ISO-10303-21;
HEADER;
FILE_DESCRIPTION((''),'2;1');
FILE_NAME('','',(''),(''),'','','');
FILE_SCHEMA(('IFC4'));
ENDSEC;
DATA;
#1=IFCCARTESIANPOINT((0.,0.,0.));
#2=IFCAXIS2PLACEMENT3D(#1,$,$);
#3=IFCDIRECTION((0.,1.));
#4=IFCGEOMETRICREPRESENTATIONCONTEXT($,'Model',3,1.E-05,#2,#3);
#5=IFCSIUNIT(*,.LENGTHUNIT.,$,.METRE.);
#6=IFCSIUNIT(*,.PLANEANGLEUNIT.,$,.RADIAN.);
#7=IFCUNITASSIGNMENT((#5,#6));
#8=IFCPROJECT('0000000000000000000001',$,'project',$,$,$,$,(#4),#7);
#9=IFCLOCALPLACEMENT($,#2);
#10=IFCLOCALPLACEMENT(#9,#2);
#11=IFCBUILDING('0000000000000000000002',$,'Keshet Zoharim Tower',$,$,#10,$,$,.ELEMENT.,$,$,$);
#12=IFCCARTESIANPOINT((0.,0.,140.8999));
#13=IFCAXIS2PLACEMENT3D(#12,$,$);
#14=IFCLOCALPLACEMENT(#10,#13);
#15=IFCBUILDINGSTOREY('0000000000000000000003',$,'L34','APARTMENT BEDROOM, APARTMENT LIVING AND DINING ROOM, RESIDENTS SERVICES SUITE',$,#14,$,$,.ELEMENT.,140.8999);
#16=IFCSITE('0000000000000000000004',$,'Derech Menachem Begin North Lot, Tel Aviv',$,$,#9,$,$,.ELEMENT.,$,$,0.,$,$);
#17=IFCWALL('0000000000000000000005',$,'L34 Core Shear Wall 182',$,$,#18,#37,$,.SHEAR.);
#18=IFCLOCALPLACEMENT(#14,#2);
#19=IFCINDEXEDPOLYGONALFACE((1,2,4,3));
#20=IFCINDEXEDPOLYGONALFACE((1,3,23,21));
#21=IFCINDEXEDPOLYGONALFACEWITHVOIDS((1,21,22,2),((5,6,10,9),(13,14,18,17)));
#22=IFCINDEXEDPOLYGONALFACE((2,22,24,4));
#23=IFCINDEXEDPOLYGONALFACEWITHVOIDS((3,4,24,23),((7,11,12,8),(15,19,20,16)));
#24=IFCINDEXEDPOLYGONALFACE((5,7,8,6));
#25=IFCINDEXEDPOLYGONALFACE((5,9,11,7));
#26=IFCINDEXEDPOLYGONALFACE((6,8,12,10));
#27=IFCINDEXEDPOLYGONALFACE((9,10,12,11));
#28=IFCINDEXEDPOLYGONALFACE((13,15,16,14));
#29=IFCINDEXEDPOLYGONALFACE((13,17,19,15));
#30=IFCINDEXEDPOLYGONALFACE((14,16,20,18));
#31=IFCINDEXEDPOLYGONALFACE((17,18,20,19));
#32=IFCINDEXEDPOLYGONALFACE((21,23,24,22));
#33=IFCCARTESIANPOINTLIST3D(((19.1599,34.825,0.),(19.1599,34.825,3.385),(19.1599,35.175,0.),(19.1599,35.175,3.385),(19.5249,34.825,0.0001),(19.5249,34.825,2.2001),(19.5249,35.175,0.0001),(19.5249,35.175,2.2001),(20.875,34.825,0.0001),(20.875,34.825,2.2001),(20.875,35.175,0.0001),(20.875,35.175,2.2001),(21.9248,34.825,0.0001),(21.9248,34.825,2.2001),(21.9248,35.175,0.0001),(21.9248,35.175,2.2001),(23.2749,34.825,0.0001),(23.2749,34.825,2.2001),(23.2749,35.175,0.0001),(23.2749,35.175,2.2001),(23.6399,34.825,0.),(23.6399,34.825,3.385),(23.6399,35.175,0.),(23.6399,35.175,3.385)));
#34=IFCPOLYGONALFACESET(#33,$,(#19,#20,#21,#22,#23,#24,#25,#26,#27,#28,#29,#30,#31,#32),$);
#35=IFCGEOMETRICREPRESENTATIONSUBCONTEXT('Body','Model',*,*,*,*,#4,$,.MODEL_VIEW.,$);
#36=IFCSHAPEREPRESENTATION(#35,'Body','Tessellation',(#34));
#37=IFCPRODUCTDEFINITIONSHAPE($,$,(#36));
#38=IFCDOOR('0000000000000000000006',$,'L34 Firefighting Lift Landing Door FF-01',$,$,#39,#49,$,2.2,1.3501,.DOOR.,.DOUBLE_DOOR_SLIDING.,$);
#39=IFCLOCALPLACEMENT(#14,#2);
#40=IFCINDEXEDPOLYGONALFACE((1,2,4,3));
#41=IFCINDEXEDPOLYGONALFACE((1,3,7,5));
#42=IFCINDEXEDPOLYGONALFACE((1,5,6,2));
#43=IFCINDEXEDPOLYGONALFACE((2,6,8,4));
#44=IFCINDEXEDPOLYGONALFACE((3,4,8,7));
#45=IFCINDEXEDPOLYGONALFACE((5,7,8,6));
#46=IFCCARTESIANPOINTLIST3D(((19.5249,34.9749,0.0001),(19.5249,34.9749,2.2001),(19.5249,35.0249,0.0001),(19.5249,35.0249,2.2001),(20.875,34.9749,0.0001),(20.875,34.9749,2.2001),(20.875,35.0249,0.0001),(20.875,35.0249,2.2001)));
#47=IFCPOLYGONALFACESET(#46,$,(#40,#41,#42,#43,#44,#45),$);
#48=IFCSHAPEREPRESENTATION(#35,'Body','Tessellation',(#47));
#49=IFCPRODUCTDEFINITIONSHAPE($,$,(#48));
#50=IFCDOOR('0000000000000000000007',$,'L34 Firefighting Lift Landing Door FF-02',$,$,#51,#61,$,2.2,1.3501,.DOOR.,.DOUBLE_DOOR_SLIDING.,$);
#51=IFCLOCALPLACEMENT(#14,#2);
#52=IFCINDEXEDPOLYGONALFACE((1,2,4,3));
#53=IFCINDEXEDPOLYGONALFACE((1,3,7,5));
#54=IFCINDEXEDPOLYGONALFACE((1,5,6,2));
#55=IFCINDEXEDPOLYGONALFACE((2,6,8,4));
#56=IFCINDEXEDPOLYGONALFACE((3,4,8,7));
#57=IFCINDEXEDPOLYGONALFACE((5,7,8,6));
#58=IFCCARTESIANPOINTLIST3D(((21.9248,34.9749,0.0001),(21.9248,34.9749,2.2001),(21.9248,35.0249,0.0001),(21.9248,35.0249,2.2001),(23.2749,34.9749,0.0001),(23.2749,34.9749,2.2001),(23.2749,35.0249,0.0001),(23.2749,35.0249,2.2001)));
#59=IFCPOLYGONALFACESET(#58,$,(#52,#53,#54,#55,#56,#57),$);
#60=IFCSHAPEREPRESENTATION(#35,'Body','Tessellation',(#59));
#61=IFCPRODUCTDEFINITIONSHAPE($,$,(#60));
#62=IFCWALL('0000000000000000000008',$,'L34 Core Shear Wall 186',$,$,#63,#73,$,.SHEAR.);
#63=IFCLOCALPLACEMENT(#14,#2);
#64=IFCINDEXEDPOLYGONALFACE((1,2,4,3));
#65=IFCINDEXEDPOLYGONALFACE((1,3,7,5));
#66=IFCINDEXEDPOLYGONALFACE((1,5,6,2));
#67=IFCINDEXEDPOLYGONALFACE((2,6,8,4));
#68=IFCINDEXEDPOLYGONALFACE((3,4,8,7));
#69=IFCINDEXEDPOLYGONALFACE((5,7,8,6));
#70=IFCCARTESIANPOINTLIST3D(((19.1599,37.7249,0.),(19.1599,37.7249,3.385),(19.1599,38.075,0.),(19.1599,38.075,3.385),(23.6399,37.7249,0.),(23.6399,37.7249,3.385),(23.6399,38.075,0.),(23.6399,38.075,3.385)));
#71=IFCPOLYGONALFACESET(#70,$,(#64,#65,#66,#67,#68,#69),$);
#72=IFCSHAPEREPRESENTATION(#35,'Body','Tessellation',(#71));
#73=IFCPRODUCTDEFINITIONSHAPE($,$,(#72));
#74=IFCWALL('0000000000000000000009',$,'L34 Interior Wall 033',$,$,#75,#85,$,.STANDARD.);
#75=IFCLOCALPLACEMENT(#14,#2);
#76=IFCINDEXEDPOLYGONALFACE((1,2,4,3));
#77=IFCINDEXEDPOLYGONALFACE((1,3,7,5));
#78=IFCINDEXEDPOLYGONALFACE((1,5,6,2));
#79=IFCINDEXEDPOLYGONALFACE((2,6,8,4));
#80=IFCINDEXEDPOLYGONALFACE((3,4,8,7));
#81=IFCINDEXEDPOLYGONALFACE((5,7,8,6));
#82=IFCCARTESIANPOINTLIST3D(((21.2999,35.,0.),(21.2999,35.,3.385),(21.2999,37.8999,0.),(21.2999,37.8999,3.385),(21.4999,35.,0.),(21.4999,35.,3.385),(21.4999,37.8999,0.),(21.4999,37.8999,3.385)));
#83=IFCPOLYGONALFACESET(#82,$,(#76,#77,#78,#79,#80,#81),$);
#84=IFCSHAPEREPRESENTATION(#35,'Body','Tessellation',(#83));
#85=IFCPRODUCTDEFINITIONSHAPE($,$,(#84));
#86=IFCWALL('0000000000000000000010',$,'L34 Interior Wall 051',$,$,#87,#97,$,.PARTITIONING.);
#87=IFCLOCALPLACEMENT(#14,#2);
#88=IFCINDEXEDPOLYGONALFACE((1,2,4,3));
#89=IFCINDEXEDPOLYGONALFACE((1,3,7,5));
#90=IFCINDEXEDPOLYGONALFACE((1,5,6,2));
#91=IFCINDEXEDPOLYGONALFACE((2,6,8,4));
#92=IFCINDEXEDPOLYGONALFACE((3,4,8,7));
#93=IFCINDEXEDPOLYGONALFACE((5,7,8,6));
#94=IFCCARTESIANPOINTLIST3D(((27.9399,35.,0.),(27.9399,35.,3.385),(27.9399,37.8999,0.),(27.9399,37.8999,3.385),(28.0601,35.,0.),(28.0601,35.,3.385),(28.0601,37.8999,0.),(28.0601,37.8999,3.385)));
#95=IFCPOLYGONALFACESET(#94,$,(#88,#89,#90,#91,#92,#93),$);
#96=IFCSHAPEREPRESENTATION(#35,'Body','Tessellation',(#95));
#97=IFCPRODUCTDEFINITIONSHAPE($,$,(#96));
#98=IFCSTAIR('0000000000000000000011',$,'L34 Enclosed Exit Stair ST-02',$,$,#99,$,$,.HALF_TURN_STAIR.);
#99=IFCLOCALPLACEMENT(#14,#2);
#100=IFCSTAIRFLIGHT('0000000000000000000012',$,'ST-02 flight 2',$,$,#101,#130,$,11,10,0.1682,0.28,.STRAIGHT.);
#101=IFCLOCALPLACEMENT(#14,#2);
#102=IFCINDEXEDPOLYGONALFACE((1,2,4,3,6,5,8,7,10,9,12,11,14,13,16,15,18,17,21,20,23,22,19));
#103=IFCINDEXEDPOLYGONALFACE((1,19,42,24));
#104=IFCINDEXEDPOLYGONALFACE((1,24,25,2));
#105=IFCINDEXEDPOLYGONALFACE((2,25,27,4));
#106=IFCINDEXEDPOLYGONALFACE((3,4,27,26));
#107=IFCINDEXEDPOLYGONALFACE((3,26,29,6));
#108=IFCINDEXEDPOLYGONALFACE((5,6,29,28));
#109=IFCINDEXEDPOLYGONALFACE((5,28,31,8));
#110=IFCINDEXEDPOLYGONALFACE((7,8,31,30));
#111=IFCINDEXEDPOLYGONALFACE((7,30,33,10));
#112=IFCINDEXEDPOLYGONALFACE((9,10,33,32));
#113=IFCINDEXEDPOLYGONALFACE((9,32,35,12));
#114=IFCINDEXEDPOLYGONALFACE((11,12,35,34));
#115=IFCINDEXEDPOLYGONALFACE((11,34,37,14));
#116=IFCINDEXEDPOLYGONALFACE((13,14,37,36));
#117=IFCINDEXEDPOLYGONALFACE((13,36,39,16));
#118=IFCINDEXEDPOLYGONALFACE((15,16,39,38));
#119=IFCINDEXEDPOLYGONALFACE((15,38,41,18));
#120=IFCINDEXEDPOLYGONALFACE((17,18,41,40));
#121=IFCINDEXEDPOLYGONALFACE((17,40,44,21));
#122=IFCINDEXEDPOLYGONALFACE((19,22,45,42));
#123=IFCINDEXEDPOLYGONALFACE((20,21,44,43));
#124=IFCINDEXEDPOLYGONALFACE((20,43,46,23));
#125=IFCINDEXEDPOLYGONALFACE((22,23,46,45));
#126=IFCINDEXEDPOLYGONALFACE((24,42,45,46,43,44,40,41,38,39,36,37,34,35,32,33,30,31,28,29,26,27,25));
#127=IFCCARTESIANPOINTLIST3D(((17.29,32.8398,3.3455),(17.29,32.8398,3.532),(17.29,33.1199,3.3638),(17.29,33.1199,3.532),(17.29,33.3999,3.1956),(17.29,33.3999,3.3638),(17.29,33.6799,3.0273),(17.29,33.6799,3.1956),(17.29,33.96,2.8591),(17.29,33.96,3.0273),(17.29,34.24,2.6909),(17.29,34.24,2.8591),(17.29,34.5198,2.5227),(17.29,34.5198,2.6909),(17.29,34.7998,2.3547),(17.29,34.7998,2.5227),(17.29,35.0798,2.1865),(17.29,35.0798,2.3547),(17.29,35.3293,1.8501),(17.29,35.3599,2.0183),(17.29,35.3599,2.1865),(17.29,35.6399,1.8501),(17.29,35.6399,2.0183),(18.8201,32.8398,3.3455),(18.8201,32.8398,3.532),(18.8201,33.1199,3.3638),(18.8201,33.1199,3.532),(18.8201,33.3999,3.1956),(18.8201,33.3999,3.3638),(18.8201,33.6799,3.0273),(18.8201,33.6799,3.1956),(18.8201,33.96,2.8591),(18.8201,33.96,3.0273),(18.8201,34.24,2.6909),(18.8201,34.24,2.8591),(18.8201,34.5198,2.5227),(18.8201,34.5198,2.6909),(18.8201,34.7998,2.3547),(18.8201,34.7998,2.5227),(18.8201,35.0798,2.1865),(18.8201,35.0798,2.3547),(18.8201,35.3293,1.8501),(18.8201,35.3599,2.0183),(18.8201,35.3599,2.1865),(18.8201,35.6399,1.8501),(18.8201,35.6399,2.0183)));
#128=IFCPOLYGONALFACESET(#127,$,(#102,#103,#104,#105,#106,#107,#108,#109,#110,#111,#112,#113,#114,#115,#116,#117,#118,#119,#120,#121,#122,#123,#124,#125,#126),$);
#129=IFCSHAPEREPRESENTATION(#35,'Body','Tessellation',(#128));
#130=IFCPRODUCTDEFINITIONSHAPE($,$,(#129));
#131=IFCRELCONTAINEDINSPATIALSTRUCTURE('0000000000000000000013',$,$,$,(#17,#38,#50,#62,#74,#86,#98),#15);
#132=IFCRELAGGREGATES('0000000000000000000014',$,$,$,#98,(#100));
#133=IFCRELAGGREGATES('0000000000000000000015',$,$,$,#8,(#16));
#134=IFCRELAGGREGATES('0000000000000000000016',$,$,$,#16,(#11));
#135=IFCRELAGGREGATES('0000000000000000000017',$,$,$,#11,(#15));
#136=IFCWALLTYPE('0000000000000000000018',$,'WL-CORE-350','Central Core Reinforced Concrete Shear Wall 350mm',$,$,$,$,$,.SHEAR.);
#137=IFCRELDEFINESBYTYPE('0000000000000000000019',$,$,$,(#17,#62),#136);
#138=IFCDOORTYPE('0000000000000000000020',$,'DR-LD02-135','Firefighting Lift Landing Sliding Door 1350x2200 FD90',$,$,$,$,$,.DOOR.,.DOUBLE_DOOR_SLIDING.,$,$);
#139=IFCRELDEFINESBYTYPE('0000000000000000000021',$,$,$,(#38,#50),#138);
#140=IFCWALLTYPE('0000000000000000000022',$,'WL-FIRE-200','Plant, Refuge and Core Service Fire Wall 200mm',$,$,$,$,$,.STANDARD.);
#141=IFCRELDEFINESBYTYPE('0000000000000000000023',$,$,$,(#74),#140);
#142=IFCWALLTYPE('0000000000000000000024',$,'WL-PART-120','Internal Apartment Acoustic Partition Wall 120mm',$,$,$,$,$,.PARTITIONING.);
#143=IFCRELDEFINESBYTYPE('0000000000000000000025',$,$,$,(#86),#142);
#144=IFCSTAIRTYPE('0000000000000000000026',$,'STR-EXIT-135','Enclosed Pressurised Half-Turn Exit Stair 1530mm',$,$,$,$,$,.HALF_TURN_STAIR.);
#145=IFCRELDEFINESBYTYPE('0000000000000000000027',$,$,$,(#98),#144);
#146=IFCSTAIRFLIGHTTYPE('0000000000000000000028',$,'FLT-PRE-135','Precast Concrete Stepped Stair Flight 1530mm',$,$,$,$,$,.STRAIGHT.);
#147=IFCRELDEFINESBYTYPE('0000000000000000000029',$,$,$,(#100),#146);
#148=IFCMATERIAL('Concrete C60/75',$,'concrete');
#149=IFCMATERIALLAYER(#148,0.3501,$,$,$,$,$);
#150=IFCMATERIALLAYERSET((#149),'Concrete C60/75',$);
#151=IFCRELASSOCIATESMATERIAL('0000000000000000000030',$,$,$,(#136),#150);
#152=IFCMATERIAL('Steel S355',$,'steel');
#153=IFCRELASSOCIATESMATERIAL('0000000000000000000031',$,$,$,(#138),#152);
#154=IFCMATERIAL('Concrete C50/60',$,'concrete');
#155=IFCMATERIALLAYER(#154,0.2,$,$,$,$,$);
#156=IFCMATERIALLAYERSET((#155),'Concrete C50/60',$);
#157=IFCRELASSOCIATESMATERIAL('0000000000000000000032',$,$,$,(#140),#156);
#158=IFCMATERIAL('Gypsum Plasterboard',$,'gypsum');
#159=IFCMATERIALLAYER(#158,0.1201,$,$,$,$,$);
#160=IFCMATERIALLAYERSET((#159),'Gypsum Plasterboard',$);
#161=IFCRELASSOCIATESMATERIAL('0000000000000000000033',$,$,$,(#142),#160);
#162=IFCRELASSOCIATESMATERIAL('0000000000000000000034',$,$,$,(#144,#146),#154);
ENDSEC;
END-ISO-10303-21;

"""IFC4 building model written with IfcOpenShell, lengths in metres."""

from ifc_helpers import new_model, si_unit, direction, frame, frame_2d, origin, place, context, subcontext, project, spatial, polyline, rectangle, outline, extrude, material, layer, layer_set, type_object, element, fill, aggregate, save


model = new_model("IFC4")

# Units and contexts
model_context = context("Model", 3, precision=1e-05, world=origin(), true_north=direction((0.0, 1.0)))
body_context = subcontext(model_context, "Body", "Model", "MODEL_VIEW")
ifc_project = project(units=[si_unit("LENGTHUNIT", "METRE"), si_unit("PLANEANGLEUNIT", "RADIAN")], contexts=[model_context])

# Site, building, storey
site_placement = place(None, origin())
site = spatial("IfcSite", under=ifc_project, at=site_placement, Name="Derech Menachem Begin North Lot, Tel Aviv", CompositionType="ELEMENT", RefElevation=0.0)
building_placement = place(site_placement, origin())
building = spatial("IfcBuilding", under=site, at=building_placement, Name="Keshet Zoharim Tower", CompositionType="ELEMENT")
storey_placement = place(building_placement, frame((0.0, 0.0, 140.8999)))
storey = spatial("IfcBuildingStorey", under=building, at=storey_placement, Name="L34", Description="APARTMENT BEDROOM, APARTMENT LIVING AND DINING ROOM, RESIDENTS SERVICES SUITE", CompositionType="ELEMENT", Elevation=140.8999)

# Shared definitions
ifc_material_1 = material(Name="Steel S355", Category="steel")

# Shared definitions
ifc_material_2 = material(Name="Concrete C60/75", Category="concrete")
ifc_layer_1 = layer(ifc_material_2, 0.3501)
ifc_layer_set_1 = layer_set([ifc_layer_1], Name="Concrete C60/75")
wall_type_1 = type_object("IfcWallType", Name="WL-CORE-350", Description="Central Core Reinforced Concrete Shear Wall 350mm", PredefinedType="SHEAR", material=ifc_layer_set_1)

# Wall, openings, doors
wall_1_placement = place(storey_placement, frame((19.1599, 35.0, 0.0), z_axis=(0.0, 0.0, 1.0), x_axis=(1.0, 0.0, 0.0)))
wall_1 = element("IfcWall", 1, at=wall_1_placement, inside=storey, type_object=wall_type_1, Name="L34 Core Shear Wall 182", PredefinedType="SHEAR", context=body_context, shape_type="SweptSolid", body=[
    extrude(rectangle(XDim=4.48, YDim=0.3501, at=frame_2d((2.24, 0.0))), origin(), (0.0, 0.0, 1.0), 3.385),
])
opening_1_placement = place(wall_1_placement, frame((0.365, 0.0, 0.0)))
opening_1 = element("IfcOpeningElement", 2, at=opening_1_placement, cuts=wall_1, PredefinedType="OPENING", context=body_context, shape_type="SweptSolid", body=[
    extrude(rectangle(XDim=1.3501, YDim=2.2, at=frame_2d((0.675, 1.1001))), frame((0.0, 0.1851, 0.0), z_axis=(0.0, -1.0, 0.0), x_axis=(1.0, 0.0, 0.0)), (0.0, 0.0, 1.0), 0.3701),
])
opening_2_placement = place(wall_1_placement, frame((2.7649, 0.0, 0.0)))
opening_2 = element("IfcOpeningElement", 3, at=opening_2_placement, cuts=wall_1, PredefinedType="OPENING", context=body_context, shape_type="SweptSolid", body=[
    extrude(rectangle(XDim=1.3501, YDim=2.2, at=frame_2d((0.675, 1.1001))), frame((0.0, 0.1851, 0.0), z_axis=(0.0, -1.0, 0.0), x_axis=(1.0, 0.0, 0.0)), (0.0, 0.0, 1.0), 0.3701),
])
door_type_1 = type_object("IfcDoorType", Name="DR-LD02-135", Description="Firefighting Lift Landing Sliding Door 1350x2200 FD90", OperationType="DOUBLE_DOOR_SLIDING", PredefinedType="DOOR", material=ifc_material_1)
door_1_placement = place(opening_1_placement, origin())
door_1 = element("IfcDoor", 4, at=door_1_placement, inside=storey, type_object=door_type_1, Name="L34 Firefighting Lift Landing Door FF-01", OperationType="DOUBLE_DOOR_SLIDING", OverallHeight=2.2, OverallWidth=1.3501, PredefinedType="DOOR", context=body_context, shape_type="SweptSolid", body=[
    extrude(rectangle(XDim=1.3501, YDim=2.2, at=frame_2d((0.675, 1.1001))), frame((0.0, 0.0249, 0.0), z_axis=(0.0, -1.0, 0.0), x_axis=(1.0, 0.0, 0.0)), (0.0, 0.0, 1.0), 0.05),
])
fill(opening_1, door_1)
door_2_placement = place(opening_2_placement, origin())
door_2 = element("IfcDoor", 5, at=door_2_placement, inside=storey, type_object=door_type_1, Name="L34 Firefighting Lift Landing Door FF-02", OperationType="DOUBLE_DOOR_SLIDING", OverallHeight=2.2, OverallWidth=1.3501, PredefinedType="DOOR", context=body_context, shape_type="SweptSolid", body=[
    extrude(rectangle(XDim=1.3501, YDim=2.2, at=frame_2d((0.675, 1.1001))), frame((0.0, 0.0249, 0.0), z_axis=(0.0, -1.0, 0.0), x_axis=(1.0, 0.0, 0.0)), (0.0, 0.0, 1.0), 0.05),
])
fill(opening_2, door_2)

# Walls
wall_2_placement = place(storey_placement, frame((19.1599, 37.8999, 0.0), z_axis=(0.0, 0.0, 1.0), x_axis=(1.0, 0.0, 0.0)))
element("IfcWall", 6, at=wall_2_placement, inside=storey, type_object=wall_type_1, Name="L34 Core Shear Wall 186", PredefinedType="SHEAR", context=body_context, shape_type="SweptSolid", body=[
    extrude(rectangle(XDim=4.48, YDim=0.3501, at=frame_2d((2.24, 0.0))), origin(), (0.0, 0.0, 1.0), 3.385),
])
ifc_material_3 = material(Name="Concrete C50/60", Category="concrete")
ifc_layer_2 = layer(ifc_material_3, 0.2)
ifc_layer_set_2 = layer_set([ifc_layer_2], Name="Concrete C50/60")
wall_type_2 = type_object("IfcWallType", Name="WL-FIRE-200", Description="Plant, Refuge and Core Service Fire Wall 200mm", PredefinedType="STANDARD", material=ifc_layer_set_2)
wall_3_placement = place(storey_placement, frame((21.3999, 35.0, 0.0), z_axis=(0.0, 0.0, 1.0), x_axis=(0.0, 1.0, 0.0)))
element("IfcWall", 7, at=wall_3_placement, inside=storey, type_object=wall_type_2, Name="L34 Interior Wall 033", PredefinedType="STANDARD", context=body_context, shape_type="SweptSolid", body=[
    extrude(rectangle(XDim=2.8999, YDim=0.2, at=frame_2d((1.45, 0.0))), origin(), (0.0, 0.0, 1.0), 3.385),
])
ifc_material_4 = material(Name="Gypsum Plasterboard", Category="gypsum")
ifc_layer_3 = layer(ifc_material_4, 0.1201)
ifc_layer_set_3 = layer_set([ifc_layer_3], Name="Gypsum Plasterboard")
wall_type_3 = type_object("IfcWallType", Name="WL-PART-120", Description="Internal Apartment Acoustic Partition Wall 120mm", PredefinedType="PARTITIONING", material=ifc_layer_set_3)
wall_4_placement = place(storey_placement, frame((28.0, 35.0, 0.0), z_axis=(0.0, 0.0, 1.0), x_axis=(0.0, 1.0, 0.0)))
element("IfcWall", 8, at=wall_4_placement, inside=storey, type_object=wall_type_3, Name="L34 Interior Wall 051", PredefinedType="PARTITIONING", context=body_context, shape_type="SweptSolid", body=[
    extrude(rectangle(XDim=2.8999, YDim=0.1201, at=frame_2d((1.45, 0.0))), origin(), (0.0, 0.0, 1.0), 3.385),
])

# Stair, stair flight
stair_type = type_object("IfcStairType", Name="STR-EXIT-135", Description="Enclosed Pressurised Half-Turn Exit Stair 1530mm", PredefinedType="HALF_TURN_STAIR", material=ifc_material_3)
stair_placement = place(storey_placement, origin())
stair = element("IfcStair", 9, at=stair_placement, inside=storey, type_object=stair_type, Name="L34 Enclosed Exit Stair ST-02", PredefinedType="HALF_TURN_STAIR")
stair_flight_type = type_object("IfcStairFlightType", Name="FLT-PRE-135", Description="Precast Concrete Stepped Stair Flight 1530mm", PredefinedType="STRAIGHT", material=ifc_material_3)
stair_flight_placement = place(storey_placement, frame((18.0549, 35.6399, 1.8501), z_axis=(0.0, 0.0, 1.0), x_axis=(0.0, -1.0, 0.0)))
stair_flight = element("IfcStairFlight", 10, at=stair_flight_placement, type_object=stair_flight_type, Name="ST-02 flight 2", NumberOfRisers=11, NumberOfTreads=10, PredefinedType="STRAIGHT", RiserHeight=0.1682, TreadLength=0.28, context=body_context, shape_type="SweptSolid", body=[
    extrude(outline(polyline([(0.0, 0.0), (0.0, 0.1682), (0.28, 0.1682), (0.28, 0.3364), (0.5601, 0.3364), (0.5601, 0.5046), (0.8401, 0.5046), (0.8401, 0.6726), (1.1201, 0.6726), (1.1201, 0.8408), (1.3999, 0.8408), (1.3999, 1.009), (1.6799, 1.009), (1.6799, 1.1772), (1.96, 1.1772), (1.96, 1.3455), (2.24, 1.3455), (2.24, 1.5137), (2.52, 1.5137), (2.52, 1.6819), (2.8, 1.6819), (2.8, 1.8501), (2.8, 1.4954), (0.3105, 0.0), (0.0, 0.0)])), frame((0.0, 0.7651, 0.0), z_axis=(0.0, -1.0, 0.0), x_axis=(1.0, 0.0, 0.0)), (0.0, 0.0, 1.0), 1.53),
])
aggregate(stair, [stair_flight])

save(model, "model.ifc")
